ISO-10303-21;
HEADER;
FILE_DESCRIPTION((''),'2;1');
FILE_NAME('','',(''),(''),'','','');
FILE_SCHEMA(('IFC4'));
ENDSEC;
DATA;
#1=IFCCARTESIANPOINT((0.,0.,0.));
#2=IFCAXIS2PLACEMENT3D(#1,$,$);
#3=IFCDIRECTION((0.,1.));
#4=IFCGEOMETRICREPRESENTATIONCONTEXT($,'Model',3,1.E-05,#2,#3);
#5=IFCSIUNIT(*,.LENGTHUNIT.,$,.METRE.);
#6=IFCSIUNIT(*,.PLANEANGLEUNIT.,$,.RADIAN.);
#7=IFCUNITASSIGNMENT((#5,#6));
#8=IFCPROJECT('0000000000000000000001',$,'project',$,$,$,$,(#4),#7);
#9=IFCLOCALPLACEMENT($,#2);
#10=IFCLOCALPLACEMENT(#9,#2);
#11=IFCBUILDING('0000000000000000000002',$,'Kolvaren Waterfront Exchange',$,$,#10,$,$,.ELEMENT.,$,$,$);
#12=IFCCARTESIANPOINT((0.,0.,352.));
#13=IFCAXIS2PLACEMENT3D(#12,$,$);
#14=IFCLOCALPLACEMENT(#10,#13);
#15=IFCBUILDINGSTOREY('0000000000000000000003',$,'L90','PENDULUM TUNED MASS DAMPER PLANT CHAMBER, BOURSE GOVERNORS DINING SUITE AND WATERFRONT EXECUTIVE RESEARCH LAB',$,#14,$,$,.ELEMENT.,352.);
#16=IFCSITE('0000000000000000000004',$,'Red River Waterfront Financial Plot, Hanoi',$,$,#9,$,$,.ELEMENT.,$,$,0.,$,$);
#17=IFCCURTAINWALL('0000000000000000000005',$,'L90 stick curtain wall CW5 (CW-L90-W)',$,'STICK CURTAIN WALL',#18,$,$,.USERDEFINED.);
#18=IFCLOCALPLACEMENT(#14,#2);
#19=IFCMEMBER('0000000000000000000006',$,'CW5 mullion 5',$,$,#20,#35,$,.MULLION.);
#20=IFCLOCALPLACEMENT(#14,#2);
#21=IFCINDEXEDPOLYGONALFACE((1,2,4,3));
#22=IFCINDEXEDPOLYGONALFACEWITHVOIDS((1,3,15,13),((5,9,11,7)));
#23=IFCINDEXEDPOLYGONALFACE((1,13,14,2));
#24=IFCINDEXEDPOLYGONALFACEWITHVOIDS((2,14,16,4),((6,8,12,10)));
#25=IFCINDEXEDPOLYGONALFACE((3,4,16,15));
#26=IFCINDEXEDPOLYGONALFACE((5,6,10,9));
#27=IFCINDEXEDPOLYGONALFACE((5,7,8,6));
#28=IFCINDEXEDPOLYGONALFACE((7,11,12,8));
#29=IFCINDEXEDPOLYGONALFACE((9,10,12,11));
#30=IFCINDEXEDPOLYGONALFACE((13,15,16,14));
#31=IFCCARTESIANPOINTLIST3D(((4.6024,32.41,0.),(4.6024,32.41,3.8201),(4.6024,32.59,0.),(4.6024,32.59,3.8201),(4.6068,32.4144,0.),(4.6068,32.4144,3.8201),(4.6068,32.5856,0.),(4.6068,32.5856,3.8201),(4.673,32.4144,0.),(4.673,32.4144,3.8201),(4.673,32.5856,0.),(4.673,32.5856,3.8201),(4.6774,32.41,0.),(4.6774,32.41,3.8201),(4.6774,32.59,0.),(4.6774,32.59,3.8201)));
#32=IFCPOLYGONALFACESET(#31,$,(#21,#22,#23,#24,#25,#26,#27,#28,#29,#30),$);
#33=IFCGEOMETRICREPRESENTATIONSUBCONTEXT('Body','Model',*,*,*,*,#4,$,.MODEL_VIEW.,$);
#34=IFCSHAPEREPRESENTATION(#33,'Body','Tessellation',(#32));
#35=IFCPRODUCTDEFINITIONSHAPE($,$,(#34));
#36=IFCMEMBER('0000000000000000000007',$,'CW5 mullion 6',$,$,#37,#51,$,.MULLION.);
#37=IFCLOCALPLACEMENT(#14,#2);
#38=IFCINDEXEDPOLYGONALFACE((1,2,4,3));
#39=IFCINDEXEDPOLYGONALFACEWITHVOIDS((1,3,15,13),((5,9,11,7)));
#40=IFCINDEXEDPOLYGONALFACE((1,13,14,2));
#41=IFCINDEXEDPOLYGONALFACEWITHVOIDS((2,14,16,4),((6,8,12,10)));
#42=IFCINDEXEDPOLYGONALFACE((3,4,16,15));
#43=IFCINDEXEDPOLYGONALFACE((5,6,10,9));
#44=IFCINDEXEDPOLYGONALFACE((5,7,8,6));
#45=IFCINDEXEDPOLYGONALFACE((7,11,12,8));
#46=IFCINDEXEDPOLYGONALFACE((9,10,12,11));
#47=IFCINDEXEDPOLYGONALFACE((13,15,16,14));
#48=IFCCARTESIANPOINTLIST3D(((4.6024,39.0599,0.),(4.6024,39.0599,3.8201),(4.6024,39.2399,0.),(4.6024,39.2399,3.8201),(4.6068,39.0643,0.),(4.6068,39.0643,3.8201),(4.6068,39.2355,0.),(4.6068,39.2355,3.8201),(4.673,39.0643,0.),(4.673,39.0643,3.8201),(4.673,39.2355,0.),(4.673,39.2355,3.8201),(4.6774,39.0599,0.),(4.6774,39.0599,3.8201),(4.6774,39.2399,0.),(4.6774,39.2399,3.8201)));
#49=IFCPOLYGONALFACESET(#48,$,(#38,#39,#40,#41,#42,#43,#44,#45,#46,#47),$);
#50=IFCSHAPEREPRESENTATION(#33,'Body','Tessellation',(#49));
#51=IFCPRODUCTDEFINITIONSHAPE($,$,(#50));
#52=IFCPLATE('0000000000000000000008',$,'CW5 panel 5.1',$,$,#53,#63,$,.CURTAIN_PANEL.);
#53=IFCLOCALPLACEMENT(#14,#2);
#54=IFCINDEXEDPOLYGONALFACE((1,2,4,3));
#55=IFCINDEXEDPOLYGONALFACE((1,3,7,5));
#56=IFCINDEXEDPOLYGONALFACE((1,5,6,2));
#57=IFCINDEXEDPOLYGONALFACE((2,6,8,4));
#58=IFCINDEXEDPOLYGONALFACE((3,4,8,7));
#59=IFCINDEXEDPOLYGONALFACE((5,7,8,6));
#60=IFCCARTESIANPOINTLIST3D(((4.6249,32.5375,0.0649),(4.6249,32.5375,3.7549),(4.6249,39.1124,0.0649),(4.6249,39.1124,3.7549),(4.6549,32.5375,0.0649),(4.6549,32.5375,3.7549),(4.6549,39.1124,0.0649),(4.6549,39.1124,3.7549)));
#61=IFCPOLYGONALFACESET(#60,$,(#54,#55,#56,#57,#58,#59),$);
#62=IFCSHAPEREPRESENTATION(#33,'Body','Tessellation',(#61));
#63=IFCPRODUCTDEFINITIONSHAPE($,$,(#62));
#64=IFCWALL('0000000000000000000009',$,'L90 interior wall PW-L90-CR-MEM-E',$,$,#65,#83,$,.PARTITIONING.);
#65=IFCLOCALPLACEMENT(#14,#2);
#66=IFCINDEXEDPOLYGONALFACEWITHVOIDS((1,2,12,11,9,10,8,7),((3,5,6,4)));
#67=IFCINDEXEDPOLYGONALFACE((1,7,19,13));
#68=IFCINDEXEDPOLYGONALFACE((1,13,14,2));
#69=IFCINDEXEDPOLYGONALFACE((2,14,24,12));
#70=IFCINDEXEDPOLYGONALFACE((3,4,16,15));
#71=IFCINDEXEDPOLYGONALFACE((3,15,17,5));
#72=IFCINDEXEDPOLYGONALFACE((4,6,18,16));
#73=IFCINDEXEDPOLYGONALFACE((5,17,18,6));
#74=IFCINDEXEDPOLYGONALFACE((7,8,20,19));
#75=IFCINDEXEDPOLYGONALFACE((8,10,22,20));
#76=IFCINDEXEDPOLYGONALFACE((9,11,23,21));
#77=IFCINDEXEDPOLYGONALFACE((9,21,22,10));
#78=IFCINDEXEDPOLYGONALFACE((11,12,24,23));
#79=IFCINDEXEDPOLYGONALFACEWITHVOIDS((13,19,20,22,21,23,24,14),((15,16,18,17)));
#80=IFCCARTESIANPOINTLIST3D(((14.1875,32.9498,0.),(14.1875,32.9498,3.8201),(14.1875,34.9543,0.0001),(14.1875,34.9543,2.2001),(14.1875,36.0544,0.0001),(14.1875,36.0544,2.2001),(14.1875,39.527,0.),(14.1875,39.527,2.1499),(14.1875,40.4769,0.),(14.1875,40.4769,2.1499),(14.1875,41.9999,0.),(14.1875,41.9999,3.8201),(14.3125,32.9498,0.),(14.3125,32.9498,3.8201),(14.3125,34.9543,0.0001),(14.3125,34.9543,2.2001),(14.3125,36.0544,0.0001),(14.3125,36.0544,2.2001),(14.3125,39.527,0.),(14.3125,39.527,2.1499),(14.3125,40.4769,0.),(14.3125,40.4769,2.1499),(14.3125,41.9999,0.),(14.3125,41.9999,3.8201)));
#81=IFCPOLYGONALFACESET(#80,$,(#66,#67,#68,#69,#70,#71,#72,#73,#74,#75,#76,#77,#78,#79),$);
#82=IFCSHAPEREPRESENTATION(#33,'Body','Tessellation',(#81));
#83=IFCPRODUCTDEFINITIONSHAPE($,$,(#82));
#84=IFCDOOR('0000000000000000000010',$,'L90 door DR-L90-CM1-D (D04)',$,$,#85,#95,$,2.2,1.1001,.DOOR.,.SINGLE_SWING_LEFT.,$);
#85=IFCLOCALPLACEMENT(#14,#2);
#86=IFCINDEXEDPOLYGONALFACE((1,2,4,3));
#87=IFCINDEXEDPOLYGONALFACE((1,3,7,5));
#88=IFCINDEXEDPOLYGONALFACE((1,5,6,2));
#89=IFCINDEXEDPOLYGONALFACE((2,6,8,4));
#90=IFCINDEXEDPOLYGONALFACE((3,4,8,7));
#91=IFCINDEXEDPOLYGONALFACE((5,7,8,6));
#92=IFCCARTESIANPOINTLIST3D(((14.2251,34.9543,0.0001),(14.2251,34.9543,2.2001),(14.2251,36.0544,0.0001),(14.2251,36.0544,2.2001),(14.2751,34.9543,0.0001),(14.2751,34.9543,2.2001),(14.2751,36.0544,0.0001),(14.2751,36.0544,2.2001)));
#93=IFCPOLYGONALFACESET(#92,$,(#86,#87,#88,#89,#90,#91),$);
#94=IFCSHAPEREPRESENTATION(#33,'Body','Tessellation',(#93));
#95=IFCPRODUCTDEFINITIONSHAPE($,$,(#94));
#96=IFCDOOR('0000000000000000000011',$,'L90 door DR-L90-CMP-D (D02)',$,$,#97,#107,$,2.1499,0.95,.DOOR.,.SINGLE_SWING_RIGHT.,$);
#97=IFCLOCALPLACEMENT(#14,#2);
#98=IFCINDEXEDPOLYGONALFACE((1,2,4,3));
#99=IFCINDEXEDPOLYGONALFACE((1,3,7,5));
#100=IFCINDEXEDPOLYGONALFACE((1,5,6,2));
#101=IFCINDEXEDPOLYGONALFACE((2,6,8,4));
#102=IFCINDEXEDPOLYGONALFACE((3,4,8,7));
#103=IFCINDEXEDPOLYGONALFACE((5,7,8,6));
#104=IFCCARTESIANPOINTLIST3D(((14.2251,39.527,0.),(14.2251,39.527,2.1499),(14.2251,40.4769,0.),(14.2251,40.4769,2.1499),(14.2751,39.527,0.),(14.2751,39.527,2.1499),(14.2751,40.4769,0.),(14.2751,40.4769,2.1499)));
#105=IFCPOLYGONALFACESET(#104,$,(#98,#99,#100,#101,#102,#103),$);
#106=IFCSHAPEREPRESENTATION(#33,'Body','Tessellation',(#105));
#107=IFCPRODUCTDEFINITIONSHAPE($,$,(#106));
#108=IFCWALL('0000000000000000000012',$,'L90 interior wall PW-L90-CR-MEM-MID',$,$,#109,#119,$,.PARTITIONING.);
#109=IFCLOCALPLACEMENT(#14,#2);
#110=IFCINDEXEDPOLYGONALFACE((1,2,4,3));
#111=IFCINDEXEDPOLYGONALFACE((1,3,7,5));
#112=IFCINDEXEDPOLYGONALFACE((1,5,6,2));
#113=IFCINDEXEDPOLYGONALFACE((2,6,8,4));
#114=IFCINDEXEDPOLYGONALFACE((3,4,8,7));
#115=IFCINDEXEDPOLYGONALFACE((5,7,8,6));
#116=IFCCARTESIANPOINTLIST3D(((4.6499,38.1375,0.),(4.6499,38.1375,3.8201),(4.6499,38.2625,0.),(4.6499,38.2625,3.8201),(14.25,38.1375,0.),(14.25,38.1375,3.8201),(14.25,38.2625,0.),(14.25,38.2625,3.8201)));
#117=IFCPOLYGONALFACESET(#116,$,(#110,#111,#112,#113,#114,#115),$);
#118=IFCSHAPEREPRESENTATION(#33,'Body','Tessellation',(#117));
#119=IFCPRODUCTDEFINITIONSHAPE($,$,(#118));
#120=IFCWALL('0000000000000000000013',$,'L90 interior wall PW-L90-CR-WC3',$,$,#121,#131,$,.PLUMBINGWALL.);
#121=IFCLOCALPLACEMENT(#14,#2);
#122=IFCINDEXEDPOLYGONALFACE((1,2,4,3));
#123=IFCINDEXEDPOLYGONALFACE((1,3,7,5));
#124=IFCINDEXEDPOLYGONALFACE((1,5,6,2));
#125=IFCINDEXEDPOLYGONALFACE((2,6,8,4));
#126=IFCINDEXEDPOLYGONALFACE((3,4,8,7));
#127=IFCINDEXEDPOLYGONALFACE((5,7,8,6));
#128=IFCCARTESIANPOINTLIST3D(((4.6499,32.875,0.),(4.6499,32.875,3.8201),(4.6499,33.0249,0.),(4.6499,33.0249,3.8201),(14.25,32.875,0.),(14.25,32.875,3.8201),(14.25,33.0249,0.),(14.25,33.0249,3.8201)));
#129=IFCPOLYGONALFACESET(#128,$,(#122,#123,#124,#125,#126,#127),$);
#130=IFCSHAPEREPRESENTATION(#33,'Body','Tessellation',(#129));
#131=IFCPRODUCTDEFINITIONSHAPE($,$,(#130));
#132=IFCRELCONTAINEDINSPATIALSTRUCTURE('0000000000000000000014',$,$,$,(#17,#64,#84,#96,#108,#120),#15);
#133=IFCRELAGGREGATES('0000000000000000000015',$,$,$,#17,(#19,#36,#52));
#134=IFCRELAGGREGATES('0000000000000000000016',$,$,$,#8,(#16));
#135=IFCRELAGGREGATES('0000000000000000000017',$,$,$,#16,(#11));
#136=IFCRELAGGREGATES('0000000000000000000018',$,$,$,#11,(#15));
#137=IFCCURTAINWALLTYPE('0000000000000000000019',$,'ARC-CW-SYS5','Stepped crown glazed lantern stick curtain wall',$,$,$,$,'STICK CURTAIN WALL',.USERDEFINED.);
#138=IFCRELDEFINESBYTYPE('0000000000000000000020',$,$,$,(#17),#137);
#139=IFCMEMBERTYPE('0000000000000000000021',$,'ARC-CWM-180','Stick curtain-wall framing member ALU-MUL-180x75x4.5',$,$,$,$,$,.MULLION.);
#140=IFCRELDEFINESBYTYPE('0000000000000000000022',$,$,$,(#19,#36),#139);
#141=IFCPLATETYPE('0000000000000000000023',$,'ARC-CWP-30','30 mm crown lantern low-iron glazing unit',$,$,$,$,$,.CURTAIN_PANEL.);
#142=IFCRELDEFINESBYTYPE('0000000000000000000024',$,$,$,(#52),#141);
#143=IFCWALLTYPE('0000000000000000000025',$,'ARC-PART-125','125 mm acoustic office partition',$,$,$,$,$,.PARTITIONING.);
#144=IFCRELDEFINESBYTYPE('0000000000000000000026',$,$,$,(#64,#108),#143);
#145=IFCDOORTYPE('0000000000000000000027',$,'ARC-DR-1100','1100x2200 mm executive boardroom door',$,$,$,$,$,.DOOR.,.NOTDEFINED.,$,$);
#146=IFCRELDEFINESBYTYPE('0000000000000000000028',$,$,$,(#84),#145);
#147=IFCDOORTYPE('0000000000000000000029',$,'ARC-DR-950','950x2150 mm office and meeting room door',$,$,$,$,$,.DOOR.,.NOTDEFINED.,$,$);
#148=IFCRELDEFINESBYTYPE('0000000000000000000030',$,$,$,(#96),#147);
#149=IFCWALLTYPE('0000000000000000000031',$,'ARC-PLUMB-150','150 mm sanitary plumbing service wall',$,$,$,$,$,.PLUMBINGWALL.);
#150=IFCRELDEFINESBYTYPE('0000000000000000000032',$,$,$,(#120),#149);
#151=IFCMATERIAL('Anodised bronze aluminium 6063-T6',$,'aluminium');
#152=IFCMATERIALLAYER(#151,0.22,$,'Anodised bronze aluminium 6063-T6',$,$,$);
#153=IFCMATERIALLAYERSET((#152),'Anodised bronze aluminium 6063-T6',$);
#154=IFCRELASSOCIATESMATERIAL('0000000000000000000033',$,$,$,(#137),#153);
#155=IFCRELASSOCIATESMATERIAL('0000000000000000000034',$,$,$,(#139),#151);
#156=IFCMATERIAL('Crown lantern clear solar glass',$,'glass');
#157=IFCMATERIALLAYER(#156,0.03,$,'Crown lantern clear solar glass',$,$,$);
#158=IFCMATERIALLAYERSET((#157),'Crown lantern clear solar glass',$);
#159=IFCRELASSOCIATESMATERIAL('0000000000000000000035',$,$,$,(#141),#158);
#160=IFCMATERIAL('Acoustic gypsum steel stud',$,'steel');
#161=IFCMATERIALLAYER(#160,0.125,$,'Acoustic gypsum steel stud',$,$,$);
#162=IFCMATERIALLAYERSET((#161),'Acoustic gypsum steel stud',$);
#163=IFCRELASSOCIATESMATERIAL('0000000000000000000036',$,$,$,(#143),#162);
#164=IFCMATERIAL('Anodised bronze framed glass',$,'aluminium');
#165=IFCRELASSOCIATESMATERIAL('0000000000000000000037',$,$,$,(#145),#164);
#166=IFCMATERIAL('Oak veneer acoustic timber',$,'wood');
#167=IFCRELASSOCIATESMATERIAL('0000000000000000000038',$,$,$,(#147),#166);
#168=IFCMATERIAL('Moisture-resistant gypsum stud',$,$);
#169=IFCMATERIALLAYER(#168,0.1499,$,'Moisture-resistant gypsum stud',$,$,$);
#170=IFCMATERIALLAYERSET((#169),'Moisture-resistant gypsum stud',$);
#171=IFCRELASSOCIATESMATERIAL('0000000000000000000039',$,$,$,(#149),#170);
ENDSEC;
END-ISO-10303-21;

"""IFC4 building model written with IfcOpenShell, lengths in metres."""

from ifc_helpers import new_model, si_unit, direction, frame, frame_2d, origin, origin_with_axes, origin_2d, place, context, subcontext, project, spatial, rectangle, hollow_rectangle, extrude, source, transform, mapped, material, layer, layer_set, material_profile, profile_set, type_object, element, fill, aggregate, save


model = new_model("IFC4")

# Units and contexts
model_context = context("Model", 3, precision=1e-05, world=origin(), true_north=direction((0.0, 1.0)))
body_context = subcontext(model_context, "Body", "Model", "MODEL_VIEW")
ifc_project = project(units=[si_unit("LENGTHUNIT", "METRE"), si_unit("PLANEANGLEUNIT", "RADIAN")], contexts=[model_context])

# Site, building, storey
site_placement = place(None, origin())
site = spatial("IfcSite", under=ifc_project, at=site_placement, Name="Red River Waterfront Financial Plot, Hanoi", CompositionType="ELEMENT", RefElevation=0.0)
building_placement = place(site_placement, origin())
building = spatial("IfcBuilding", under=site, at=building_placement, Name="Kolvaren Waterfront Exchange", CompositionType="ELEMENT")
storey_placement = place(building_placement, frame((0.0, 0.0, 352.0)))
storey = spatial("IfcBuildingStorey", under=building, at=storey_placement, Name="L90", Description="PENDULUM TUNED MASS DAMPER PLANT CHAMBER, BOURSE GOVERNORS DINING SUITE AND WATERFRONT EXECUTIVE RESEARCH LAB", CompositionType="ELEMENT", Elevation=352.0)

# Curtain wall, members, plate
ifc_material_1 = material(Name="Anodised bronze aluminium 6063-T6", Category="aluminium")
ifc_layer_1 = layer(ifc_material_1, 0.22, Name="Anodised bronze aluminium 6063-T6")
ifc_layer_set_1 = layer_set([ifc_layer_1], Name="Anodised bronze aluminium 6063-T6")
curtain_wall_type = type_object("IfcCurtainWallType", Name="ARC-CW-SYS5", Description="Stepped crown glazed lantern stick curtain wall", ElementType="STICK CURTAIN WALL", PredefinedType="USERDEFINED", material=ifc_layer_set_1)
curtain_wall_placement = place(storey_placement, origin())
curtain_wall = element("IfcCurtainWall", 1, at=curtain_wall_placement, inside=storey, type_object=curtain_wall_type, Name="L90 stick curtain wall CW5 (CW-L90-W)", ObjectType="STICK CURTAIN WALL", PredefinedType="USERDEFINED")
ifc_material_profile_1 = material_profile(ifc_material_1, hollow_rectangle(XDim=0.075, YDim=0.1799, WallThickness=0.0044, at=origin_2d()), Name="ALU-MUL-180x75x4.5")
ifc_profile_set_1 = profile_set([ifc_material_profile_1], Name="Anodised bronze aluminium 6063-T6")
member_type_1 = type_object("IfcMemberType", Name="ARC-CWM-180", Description="Stick curtain-wall framing member ALU-MUL-180x75x4.5", PredefinedType="MULLION", material=ifc_profile_set_1)
shared_shape_1 = source(origin_with_axes(), body_context, "Body", "SweptSolid", [
    extrude(hollow_rectangle(XDim=0.075, YDim=0.1799, WallThickness=0.0044, at=origin_2d()), origin(), (0.0, 0.0, 1.0), 3.8201),
])
member_1_placement = place(storey_placement, frame((4.6399, 32.5, 0.0), z_axis=(0.0, 0.0, 1.0), x_axis=(-1.0, 0.0, 0.0)))
member_1 = element("IfcMember", 2, at=member_1_placement, type_object=member_type_1, Name="CW5 mullion 5", PredefinedType="MULLION", context=body_context, shape_type="MappedRepresentation", body=[
    mapped(shared_shape_1, transform((0.0, 0.0, 0.0), x_axis=(1.0, 0.0, 0.0), y_axis=(0.0, 1.0, 0.0), z_axis=(0.0, 0.0, 1.0), scale=1.0)),
])
member_2_placement = place(storey_placement, frame((4.6399, 39.1499, 0.0), z_axis=(0.0, 0.0, 1.0), x_axis=(-1.0, 0.0, 0.0)))
member_2 = element("IfcMember", 3, at=member_2_placement, type_object=member_type_1, Name="CW5 mullion 6", PredefinedType="MULLION", context=body_context, shape_type="MappedRepresentation", body=[
    mapped(shared_shape_1, transform((0.0, 0.0, 0.0), x_axis=(1.0, 0.0, 0.0), y_axis=(0.0, 1.0, 0.0), z_axis=(0.0, 0.0, 1.0), scale=1.0)),
])
ifc_material_2 = material(Name="Crown lantern clear solar glass", Category="glass")
ifc_layer_2 = layer(ifc_material_2, 0.03, Name="Crown lantern clear solar glass")
ifc_layer_set_2 = layer_set([ifc_layer_2], Name="Crown lantern clear solar glass")
plate_type = type_object("IfcPlateType", Name="ARC-CWP-30", Description="30 mm crown lantern low-iron glazing unit", PredefinedType="CURTAIN_PANEL", material=ifc_layer_set_2)
shared_shape_2 = source(origin_with_axes(), body_context, "Body", "SweptSolid", [
    extrude(rectangle(XDim=6.575, YDim=0.03, at=origin_2d()), origin(), (0.0, 0.0, 1.0), 3.6899),
])
plate_placement = place(storey_placement, frame((4.6399, 35.825, 0.0649), z_axis=(0.0, 0.0, 1.0), x_axis=(0.0, 1.0, 0.0)))
plate = element("IfcPlate", 4, at=plate_placement, type_object=plate_type, Name="CW5 panel 5.1", PredefinedType="CURTAIN_PANEL", context=body_context, shape_type="MappedRepresentation", body=[
    mapped(shared_shape_2, transform((0.0, 0.0, 0.0), x_axis=(1.0, 0.0, 0.0), y_axis=(0.0, 1.0, 0.0), z_axis=(0.0, 0.0, 1.0), scale=1.0)),
])
aggregate(curtain_wall, [member_1, member_2, plate])

# Wall, openings, doors
ifc_material_3 = material(Name="Acoustic gypsum steel stud", Category="steel")
ifc_layer_3 = layer(ifc_material_3, 0.125, Name="Acoustic gypsum steel stud")
ifc_layer_set_3 = layer_set([ifc_layer_3], Name="Acoustic gypsum steel stud")
wall_type_1 = type_object("IfcWallType", Name="ARC-PART-125", Description="125 mm acoustic office partition", PredefinedType="PARTITIONING", material=ifc_layer_set_3)
wall_1_placement = place(storey_placement, frame((14.25, 32.95, 0.0), z_axis=(0.0, 0.0, 1.0), x_axis=(0.0, 1.0, 0.0)))
wall_1 = element("IfcWall", 5, at=wall_1_placement, inside=storey, type_object=wall_type_1, Name="L90 interior wall PW-L90-CR-MEM-E", PredefinedType="PARTITIONING", context=body_context, shape_type="SweptSolid", body=[
    extrude(rectangle(XDim=9.05, YDim=0.125, at=frame_2d((4.5249, 0.0))), origin(), (0.0, 0.0, 1.0), 3.8201),
])
opening_1_placement = place(wall_1_placement, frame((2.0044, 0.0, 0.0)))
opening_1 = element("IfcOpeningElement", 6, at=opening_1_placement, cuts=wall_1, PredefinedType="OPENING", context=body_context, shape_type="SweptSolid", body=[
    extrude(rectangle(XDim=1.1001, YDim=2.2, at=frame_2d((0.55, 1.1001))), frame((0.0, 0.0725, 0.0), z_axis=(0.0, -1.0, 0.0), x_axis=(1.0, 0.0, 0.0)), (0.0, 0.0, 1.0), 0.145),
])
opening_2_placement = place(wall_1_placement, frame((6.5769, 0.0, 0.0)))
opening_2 = element("IfcOpeningElement", 7, at=opening_2_placement, cuts=wall_1, PredefinedType="OPENING", context=body_context, shape_type="SweptSolid", body=[
    extrude(rectangle(XDim=0.95, YDim=2.1499, at=frame_2d((0.4751, 1.075))), frame((0.0, 0.0725, 0.0), z_axis=(0.0, -1.0, 0.0), x_axis=(1.0, 0.0, 0.0)), (0.0, 0.0, 1.0), 0.145),
])
ifc_material_4 = material(Name="Anodised bronze framed glass", Category="aluminium")
door_type_1 = type_object("IfcDoorType", Name="ARC-DR-1100", Description="1100x2200 mm executive boardroom door", OperationType="NOTDEFINED", PredefinedType="DOOR", material=ifc_material_4)
door_1_placement = place(opening_1_placement, origin())
door_1 = element("IfcDoor", 8, at=door_1_placement, inside=storey, type_object=door_type_1, Name="L90 door DR-L90-CM1-D (D04)", OperationType="SINGLE_SWING_LEFT", OverallHeight=2.2, OverallWidth=1.1001, PredefinedType="DOOR", context=body_context, shape_type="SweptSolid", body=[
    extrude(rectangle(XDim=1.1001, YDim=2.2, at=frame_2d((0.55, 1.1001))), frame((0.0, 0.0249, 0.0), z_axis=(0.0, -1.0, 0.0), x_axis=(1.0, 0.0, 0.0)), (0.0, 0.0, 1.0), 0.05),
])
fill(opening_1, door_1)
ifc_material_5 = material(Name="Oak veneer acoustic timber", Category="wood")
door_type_2 = type_object("IfcDoorType", Name="ARC-DR-950", Description="950x2150 mm office and meeting room door", OperationType="NOTDEFINED", PredefinedType="DOOR", material=ifc_material_5)
door_2_placement = place(opening_2_placement, origin())
door_2 = element("IfcDoor", 9, at=door_2_placement, inside=storey, type_object=door_type_2, Name="L90 door DR-L90-CMP-D (D02)", OperationType="SINGLE_SWING_RIGHT", OverallHeight=2.1499, OverallWidth=0.95, PredefinedType="DOOR", context=body_context, shape_type="SweptSolid", body=[
    extrude(rectangle(XDim=0.95, YDim=2.1499, at=frame_2d((0.4751, 1.075))), frame((0.0, 0.0249, 0.0), z_axis=(0.0, -1.0, 0.0), x_axis=(1.0, 0.0, 0.0)), (0.0, 0.0, 1.0), 0.05),
])
fill(opening_2, door_2)

# Walls
wall_2_placement = place(storey_placement, frame((4.6499, 38.2, 0.0), z_axis=(0.0, 0.0, 1.0), x_axis=(1.0, 0.0, 0.0)))
element("IfcWall", 10, at=wall_2_placement, inside=storey, type_object=wall_type_1, Name="L90 interior wall PW-L90-CR-MEM-MID", PredefinedType="PARTITIONING", context=body_context, shape_type="SweptSolid", body=[
    extrude(rectangle(XDim=9.6001, YDim=0.125, at=frame_2d((4.8, 0.0))), origin(), (0.0, 0.0, 1.0), 3.8201),
])
ifc_material_6 = material(Name="Moisture-resistant gypsum stud")
ifc_layer_4 = layer(ifc_material_6, 0.1499, Name="Moisture-resistant gypsum stud")
ifc_layer_set_4 = layer_set([ifc_layer_4], Name="Moisture-resistant gypsum stud")
wall_type_2 = type_object("IfcWallType", Name="ARC-PLUMB-150", Description="150 mm sanitary plumbing service wall", PredefinedType="PLUMBINGWALL", material=ifc_layer_set_4)
wall_3_placement = place(storey_placement, frame((4.6499, 32.95, 0.0), z_axis=(0.0, 0.0, 1.0), x_axis=(1.0, 0.0, 0.0)))
element("IfcWall", 11, at=wall_3_placement, inside=storey, type_object=wall_type_2, Name="L90 interior wall PW-L90-CR-WC3", PredefinedType="PLUMBINGWALL", context=body_context, shape_type="SweptSolid", body=[
    extrude(rectangle(XDim=9.6001, YDim=0.1499, at=frame_2d((4.8, 0.0))), origin(), (0.0, 0.0, 1.0), 3.8201),
])

save(model, "model.ifc")
